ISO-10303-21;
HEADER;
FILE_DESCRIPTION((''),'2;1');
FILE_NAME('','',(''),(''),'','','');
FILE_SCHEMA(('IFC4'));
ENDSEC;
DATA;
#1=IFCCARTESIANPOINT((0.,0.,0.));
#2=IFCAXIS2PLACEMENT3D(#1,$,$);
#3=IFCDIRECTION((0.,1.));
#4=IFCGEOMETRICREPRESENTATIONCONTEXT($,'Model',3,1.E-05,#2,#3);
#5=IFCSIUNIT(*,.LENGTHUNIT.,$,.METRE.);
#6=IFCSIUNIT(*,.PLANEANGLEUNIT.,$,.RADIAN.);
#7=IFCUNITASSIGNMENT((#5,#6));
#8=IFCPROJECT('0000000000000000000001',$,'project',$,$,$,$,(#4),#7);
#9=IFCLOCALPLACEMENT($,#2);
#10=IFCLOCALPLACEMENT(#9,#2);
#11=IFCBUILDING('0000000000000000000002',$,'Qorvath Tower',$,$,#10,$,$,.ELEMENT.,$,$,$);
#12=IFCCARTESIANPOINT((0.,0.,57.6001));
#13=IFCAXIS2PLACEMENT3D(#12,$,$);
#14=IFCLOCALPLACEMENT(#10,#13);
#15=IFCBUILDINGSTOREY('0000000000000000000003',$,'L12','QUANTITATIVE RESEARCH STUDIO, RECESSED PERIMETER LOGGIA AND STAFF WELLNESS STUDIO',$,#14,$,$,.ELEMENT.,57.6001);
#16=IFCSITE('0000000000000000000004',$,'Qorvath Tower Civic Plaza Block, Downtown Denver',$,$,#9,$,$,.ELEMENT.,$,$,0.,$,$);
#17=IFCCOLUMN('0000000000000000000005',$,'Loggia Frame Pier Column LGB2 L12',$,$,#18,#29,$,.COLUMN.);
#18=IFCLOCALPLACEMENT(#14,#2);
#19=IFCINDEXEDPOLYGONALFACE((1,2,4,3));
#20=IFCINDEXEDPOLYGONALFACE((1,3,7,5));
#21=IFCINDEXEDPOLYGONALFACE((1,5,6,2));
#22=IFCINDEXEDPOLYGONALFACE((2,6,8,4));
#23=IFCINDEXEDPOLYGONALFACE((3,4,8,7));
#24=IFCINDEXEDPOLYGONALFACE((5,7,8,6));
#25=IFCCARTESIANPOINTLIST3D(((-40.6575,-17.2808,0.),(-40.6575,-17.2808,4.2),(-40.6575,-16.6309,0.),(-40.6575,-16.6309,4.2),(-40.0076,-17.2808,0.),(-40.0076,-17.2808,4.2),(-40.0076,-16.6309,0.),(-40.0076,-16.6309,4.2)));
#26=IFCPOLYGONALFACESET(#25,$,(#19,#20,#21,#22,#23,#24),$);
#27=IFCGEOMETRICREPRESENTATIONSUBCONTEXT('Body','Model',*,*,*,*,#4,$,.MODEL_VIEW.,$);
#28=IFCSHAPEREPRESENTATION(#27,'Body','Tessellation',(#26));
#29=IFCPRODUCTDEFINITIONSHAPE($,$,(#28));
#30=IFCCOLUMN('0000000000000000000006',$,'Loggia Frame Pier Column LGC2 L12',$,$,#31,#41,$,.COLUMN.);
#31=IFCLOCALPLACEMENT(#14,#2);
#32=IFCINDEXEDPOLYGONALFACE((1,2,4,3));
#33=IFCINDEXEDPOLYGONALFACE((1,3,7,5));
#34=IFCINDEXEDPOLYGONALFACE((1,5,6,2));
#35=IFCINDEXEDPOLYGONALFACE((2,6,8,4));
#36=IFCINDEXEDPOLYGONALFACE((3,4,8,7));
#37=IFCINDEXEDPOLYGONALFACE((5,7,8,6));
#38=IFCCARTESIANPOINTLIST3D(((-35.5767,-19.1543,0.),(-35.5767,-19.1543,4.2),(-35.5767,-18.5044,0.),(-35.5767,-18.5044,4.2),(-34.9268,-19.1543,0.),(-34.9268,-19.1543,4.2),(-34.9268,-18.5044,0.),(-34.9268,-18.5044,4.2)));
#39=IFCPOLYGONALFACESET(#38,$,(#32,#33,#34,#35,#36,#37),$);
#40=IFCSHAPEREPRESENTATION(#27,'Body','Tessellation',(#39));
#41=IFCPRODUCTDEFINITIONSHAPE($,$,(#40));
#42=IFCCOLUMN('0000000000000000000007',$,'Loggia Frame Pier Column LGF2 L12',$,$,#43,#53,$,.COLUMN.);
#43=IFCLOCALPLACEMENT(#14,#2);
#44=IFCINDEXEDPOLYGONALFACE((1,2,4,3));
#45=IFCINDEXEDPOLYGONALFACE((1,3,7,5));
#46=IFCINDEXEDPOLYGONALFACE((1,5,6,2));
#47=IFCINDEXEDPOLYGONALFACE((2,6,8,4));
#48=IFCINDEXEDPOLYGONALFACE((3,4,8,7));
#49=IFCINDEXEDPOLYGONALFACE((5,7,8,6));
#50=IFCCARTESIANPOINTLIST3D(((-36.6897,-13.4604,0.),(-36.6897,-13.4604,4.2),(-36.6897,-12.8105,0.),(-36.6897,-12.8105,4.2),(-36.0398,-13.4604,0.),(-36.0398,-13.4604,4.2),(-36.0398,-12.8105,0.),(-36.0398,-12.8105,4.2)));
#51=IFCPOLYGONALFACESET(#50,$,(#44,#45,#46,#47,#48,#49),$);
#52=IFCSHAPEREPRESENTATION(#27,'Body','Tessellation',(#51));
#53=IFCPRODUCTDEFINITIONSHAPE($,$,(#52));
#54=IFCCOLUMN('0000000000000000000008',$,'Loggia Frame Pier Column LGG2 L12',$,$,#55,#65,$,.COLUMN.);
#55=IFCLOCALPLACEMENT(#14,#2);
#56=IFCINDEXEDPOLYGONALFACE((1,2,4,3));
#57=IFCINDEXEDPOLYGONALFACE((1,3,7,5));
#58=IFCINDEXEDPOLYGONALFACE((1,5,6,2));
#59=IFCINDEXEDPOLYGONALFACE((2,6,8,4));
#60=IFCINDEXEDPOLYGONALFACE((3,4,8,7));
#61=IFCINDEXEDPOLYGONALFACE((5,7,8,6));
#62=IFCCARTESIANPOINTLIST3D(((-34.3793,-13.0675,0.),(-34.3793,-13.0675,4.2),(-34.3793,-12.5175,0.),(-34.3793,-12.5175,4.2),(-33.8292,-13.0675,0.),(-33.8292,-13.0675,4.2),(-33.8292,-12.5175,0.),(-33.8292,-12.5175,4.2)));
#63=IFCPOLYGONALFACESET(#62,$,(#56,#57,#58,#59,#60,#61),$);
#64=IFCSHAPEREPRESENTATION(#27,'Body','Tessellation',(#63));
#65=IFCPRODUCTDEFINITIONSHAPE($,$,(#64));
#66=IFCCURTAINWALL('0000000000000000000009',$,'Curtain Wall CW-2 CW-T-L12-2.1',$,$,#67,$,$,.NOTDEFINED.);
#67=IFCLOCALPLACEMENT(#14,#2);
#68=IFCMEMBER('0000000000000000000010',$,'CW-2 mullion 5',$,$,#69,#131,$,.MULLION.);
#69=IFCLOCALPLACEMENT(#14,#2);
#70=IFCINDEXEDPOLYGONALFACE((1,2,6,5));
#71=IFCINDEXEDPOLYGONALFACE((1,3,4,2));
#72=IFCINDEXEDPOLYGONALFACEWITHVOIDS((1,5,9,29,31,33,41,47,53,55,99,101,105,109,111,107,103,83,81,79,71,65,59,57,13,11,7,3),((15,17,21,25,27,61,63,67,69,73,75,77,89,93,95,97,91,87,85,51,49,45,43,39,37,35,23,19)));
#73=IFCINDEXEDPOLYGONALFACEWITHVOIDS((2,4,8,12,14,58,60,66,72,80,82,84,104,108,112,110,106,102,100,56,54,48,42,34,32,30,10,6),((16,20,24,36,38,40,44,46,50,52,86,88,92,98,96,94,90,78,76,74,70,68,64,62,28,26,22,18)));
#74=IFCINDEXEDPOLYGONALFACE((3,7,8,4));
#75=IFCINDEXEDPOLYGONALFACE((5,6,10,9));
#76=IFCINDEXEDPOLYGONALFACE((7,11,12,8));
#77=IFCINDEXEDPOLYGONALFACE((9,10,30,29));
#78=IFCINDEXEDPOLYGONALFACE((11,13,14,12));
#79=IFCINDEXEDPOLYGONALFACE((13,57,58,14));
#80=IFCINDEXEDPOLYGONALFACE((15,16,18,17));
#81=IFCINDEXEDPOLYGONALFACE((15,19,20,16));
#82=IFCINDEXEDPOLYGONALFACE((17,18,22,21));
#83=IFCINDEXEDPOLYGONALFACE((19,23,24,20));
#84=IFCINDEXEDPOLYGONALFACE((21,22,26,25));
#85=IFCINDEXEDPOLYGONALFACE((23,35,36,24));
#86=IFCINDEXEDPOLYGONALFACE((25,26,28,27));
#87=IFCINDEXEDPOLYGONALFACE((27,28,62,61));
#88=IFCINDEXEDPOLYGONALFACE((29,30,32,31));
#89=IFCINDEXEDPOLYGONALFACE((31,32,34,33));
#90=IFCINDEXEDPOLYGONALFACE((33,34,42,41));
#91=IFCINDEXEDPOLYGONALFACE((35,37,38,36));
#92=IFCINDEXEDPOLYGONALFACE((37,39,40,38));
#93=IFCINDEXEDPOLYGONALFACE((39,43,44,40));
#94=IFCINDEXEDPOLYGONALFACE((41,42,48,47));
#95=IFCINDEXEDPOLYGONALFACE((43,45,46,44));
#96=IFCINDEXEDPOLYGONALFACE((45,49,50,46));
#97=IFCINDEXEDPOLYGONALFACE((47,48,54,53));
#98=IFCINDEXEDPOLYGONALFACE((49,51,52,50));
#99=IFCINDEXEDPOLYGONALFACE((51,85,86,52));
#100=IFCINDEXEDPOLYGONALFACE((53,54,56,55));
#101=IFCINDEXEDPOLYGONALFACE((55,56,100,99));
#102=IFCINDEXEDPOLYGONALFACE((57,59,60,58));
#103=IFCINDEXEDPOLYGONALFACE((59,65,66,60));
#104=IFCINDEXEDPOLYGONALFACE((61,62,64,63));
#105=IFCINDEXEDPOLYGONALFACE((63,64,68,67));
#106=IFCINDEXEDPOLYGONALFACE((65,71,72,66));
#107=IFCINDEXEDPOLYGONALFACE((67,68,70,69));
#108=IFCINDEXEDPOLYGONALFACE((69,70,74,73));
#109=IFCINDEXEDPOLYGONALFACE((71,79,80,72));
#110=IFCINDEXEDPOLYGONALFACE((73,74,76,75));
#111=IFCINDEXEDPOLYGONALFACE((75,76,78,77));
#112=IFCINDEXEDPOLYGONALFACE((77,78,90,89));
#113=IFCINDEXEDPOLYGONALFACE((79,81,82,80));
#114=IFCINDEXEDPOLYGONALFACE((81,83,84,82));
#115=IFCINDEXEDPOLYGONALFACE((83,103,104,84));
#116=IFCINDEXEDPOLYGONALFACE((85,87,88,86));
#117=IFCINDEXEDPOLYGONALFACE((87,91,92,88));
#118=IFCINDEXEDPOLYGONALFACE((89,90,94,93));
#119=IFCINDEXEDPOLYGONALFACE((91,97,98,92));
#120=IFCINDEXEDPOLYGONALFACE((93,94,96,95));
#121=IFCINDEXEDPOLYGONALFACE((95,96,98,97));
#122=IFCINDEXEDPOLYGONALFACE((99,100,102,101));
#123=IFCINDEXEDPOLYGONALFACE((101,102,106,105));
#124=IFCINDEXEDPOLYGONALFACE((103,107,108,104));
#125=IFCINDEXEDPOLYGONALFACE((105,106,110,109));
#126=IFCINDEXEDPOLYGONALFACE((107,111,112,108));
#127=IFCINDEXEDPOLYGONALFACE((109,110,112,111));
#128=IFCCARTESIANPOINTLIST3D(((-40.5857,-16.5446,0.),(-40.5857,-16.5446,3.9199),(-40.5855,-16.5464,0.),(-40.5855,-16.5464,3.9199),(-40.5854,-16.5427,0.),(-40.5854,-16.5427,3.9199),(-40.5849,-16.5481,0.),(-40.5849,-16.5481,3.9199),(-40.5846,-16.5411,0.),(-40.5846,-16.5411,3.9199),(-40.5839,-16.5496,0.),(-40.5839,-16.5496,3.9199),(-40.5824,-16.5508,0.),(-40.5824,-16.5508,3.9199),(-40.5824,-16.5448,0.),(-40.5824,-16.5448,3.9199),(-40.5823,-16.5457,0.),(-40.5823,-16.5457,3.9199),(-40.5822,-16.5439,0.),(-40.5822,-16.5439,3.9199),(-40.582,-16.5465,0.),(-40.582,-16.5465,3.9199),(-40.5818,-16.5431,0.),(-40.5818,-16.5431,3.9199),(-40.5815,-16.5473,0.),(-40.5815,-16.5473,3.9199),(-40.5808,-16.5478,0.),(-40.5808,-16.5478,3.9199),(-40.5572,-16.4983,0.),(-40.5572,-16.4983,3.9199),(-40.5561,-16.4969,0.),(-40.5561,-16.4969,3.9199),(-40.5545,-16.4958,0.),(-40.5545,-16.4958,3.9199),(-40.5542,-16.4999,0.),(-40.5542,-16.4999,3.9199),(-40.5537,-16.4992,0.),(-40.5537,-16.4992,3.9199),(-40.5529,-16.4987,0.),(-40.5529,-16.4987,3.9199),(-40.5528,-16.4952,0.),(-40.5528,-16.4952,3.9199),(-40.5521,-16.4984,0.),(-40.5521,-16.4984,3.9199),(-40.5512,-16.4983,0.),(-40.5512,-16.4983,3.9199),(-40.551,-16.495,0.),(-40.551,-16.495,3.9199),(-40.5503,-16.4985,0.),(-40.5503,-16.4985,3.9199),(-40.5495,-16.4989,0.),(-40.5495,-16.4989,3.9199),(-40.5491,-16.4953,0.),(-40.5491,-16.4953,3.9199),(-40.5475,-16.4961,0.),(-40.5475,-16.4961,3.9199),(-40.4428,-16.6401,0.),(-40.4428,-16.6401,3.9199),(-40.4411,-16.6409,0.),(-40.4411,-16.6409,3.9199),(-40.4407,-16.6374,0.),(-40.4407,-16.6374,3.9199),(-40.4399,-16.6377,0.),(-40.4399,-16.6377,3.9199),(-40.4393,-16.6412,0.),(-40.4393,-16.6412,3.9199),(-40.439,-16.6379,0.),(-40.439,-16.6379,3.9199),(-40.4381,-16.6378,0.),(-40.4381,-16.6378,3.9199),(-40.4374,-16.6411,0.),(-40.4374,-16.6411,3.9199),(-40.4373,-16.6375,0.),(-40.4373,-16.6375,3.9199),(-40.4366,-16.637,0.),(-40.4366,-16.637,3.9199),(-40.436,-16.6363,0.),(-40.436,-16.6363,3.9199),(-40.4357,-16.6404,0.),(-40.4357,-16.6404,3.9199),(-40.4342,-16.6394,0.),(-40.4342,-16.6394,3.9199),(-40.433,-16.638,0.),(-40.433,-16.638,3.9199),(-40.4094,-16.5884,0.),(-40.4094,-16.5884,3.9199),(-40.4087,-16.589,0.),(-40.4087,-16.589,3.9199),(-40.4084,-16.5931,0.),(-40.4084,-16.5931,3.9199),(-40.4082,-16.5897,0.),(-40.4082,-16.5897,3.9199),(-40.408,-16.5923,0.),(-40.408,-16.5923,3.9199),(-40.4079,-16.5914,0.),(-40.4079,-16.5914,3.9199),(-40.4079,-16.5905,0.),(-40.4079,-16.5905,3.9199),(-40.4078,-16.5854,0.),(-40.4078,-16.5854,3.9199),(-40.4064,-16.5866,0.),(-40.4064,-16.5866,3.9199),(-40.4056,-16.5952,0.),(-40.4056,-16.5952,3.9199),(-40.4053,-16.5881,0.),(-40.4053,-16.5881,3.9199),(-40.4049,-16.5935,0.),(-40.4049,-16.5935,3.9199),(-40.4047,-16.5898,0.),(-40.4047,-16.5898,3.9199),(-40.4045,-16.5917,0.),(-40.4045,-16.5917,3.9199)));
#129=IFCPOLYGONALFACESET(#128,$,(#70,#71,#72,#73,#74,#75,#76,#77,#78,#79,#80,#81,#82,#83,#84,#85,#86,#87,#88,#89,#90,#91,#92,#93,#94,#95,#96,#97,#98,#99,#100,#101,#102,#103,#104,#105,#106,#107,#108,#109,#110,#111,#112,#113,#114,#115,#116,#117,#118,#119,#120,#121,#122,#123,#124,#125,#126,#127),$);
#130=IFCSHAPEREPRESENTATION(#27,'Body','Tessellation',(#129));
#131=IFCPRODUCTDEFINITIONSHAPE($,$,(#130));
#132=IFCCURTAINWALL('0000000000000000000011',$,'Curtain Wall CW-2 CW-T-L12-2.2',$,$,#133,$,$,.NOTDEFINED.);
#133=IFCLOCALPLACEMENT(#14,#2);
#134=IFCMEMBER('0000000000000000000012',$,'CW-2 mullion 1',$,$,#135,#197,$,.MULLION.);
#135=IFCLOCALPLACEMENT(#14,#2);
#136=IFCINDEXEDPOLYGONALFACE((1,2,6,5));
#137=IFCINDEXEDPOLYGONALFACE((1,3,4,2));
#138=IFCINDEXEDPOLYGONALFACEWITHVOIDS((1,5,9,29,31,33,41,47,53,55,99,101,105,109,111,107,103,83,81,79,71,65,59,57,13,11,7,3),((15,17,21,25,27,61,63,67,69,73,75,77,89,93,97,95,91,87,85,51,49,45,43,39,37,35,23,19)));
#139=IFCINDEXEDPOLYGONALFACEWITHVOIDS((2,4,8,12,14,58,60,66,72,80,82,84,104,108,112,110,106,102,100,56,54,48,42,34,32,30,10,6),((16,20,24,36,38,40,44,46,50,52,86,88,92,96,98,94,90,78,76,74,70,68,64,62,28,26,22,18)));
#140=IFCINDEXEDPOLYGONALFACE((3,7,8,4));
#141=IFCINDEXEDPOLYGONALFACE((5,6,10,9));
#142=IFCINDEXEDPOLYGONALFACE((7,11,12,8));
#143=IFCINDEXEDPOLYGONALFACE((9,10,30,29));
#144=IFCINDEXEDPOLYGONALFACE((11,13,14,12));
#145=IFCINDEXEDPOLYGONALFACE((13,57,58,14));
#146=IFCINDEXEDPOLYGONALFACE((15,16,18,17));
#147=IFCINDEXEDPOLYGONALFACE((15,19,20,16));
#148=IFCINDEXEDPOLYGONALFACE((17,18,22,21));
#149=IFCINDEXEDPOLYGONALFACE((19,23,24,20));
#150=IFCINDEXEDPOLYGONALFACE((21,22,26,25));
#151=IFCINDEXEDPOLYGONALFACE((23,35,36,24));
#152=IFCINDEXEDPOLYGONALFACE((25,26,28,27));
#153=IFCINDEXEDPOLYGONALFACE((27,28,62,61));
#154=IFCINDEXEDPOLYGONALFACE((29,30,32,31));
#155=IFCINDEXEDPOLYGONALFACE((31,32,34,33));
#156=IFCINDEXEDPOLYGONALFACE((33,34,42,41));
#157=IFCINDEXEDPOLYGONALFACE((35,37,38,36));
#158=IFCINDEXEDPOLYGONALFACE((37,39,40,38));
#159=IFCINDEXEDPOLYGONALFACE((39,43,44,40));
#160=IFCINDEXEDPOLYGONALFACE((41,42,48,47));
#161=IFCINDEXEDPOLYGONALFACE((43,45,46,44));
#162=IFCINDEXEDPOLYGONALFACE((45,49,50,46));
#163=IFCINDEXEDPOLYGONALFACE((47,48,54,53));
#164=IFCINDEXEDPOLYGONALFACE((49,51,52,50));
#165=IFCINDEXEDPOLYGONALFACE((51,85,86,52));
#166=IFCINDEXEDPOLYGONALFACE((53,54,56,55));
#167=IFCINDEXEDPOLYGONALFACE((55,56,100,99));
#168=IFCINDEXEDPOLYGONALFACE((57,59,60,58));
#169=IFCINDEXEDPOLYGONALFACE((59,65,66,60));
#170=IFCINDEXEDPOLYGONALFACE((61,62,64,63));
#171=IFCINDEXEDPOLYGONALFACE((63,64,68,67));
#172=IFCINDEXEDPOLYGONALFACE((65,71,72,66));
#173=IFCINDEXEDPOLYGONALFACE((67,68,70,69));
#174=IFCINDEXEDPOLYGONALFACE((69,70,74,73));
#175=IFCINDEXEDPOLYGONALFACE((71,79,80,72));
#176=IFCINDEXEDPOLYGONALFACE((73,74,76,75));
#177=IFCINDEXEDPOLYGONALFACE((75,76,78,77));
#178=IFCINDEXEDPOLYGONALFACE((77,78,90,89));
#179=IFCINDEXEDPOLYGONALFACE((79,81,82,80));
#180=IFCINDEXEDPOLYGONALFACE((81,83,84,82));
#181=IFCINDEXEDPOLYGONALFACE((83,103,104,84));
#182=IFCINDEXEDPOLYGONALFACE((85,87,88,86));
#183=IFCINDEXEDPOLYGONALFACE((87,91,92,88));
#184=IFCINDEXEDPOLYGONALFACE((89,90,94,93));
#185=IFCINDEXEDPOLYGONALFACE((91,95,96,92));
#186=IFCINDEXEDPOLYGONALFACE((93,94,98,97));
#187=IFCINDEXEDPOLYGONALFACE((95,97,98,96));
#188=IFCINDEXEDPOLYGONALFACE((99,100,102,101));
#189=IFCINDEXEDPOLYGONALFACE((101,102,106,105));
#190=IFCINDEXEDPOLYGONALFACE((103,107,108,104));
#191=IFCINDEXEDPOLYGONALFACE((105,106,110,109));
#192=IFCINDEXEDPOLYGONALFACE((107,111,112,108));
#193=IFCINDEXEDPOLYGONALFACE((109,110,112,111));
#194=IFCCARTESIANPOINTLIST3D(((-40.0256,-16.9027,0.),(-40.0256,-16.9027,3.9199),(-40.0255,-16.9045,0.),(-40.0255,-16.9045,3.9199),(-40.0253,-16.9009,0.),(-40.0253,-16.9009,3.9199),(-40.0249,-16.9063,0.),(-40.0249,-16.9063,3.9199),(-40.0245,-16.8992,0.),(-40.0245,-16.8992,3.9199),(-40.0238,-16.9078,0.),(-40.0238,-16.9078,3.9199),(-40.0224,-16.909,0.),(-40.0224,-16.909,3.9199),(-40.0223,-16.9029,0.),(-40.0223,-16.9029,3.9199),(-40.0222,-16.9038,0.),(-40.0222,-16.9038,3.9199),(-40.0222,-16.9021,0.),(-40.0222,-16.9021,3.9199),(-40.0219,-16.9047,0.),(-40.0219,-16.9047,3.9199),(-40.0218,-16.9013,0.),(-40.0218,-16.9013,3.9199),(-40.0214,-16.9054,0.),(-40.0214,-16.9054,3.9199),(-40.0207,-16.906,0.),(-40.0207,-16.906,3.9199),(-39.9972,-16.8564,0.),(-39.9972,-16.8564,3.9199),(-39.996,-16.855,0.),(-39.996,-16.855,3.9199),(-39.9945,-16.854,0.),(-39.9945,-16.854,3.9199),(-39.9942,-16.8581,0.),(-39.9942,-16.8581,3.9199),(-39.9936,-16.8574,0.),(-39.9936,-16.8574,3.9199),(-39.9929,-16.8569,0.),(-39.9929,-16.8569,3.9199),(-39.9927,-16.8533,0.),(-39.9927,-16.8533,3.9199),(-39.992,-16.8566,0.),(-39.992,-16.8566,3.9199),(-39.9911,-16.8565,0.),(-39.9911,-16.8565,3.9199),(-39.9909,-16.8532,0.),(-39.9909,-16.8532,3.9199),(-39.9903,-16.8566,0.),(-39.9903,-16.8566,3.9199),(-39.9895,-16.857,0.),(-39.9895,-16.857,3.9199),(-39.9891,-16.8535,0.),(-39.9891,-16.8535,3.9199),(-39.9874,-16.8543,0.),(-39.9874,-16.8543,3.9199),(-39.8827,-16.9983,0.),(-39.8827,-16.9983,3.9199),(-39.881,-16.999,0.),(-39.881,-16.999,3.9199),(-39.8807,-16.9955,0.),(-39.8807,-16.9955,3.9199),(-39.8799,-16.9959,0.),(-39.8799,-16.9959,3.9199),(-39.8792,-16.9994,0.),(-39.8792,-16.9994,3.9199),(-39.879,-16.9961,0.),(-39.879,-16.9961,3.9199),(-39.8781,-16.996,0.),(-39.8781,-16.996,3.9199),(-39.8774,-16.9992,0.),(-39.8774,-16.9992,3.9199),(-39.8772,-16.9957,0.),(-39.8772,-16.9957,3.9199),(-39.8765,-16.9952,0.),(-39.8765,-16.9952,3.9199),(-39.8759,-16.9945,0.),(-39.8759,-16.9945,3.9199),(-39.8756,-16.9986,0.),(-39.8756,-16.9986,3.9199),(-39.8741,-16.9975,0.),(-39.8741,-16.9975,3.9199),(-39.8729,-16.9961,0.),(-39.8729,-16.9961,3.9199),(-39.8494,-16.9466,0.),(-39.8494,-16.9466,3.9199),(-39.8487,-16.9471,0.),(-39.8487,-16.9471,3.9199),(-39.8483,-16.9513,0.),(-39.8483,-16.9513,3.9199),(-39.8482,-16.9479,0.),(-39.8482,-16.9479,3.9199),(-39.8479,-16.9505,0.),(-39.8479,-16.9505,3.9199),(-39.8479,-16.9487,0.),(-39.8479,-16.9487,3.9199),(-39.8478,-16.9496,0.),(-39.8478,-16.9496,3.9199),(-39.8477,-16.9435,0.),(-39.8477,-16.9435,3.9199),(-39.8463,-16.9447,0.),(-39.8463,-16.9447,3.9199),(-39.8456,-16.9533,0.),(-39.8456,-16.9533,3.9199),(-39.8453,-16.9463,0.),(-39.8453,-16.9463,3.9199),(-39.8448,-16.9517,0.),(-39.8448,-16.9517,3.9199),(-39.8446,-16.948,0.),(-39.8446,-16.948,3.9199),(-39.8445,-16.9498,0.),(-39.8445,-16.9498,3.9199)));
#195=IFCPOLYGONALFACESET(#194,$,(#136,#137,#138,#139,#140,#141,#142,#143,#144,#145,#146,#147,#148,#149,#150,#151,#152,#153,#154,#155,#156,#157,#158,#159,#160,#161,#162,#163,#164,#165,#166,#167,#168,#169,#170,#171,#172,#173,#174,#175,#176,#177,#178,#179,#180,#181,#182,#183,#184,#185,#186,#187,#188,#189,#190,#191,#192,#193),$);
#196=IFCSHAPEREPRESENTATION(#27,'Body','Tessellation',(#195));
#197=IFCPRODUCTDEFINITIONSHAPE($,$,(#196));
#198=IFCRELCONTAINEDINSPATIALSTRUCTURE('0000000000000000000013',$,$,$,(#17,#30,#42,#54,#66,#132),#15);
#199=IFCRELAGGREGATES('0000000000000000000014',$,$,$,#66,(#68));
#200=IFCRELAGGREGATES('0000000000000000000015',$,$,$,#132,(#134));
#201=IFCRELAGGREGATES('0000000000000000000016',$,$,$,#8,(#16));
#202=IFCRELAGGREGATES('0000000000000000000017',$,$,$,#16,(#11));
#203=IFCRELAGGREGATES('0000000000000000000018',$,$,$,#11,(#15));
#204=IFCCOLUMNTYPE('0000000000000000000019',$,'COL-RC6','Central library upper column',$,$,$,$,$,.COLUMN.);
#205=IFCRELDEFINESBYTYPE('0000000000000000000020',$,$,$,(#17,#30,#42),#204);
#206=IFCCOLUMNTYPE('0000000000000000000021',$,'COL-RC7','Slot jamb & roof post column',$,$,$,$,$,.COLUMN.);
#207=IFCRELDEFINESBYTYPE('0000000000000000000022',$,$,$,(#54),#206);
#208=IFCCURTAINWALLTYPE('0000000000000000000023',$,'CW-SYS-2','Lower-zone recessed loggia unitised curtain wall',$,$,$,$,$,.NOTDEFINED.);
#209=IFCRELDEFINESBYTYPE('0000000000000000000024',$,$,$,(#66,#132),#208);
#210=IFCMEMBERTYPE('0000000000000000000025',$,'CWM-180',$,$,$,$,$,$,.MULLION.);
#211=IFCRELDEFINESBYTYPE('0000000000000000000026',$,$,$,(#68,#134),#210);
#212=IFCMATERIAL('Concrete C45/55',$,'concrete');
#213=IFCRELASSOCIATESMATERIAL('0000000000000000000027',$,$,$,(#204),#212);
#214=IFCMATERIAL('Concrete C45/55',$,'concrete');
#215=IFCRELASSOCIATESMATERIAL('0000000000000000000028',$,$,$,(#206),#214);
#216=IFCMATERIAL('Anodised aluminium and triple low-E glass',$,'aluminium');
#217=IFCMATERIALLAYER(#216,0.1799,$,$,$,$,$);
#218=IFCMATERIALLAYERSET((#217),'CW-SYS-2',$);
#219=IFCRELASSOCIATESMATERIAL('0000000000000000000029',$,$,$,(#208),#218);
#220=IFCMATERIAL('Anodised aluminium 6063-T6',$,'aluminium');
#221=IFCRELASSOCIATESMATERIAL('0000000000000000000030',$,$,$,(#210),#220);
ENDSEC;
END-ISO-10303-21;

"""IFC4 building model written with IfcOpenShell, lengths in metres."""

from ifc_helpers import new_model, si_unit, direction, frame, origin, origin_2d, place, context, subcontext, project, spatial, rectangle, hollow_rectangle, extrude, material, layer, layer_set, material_profile, profile_set, type_object, element, aggregate, save


model = new_model("IFC4")

# Units and contexts
model_context = context("Model", 3, precision=1e-05, world=origin(), true_north=direction((0.0, 1.0)))
body_context = subcontext(model_context, "Body", "Model", "MODEL_VIEW")
ifc_project = project(units=[si_unit("LENGTHUNIT", "METRE"), si_unit("PLANEANGLEUNIT", "RADIAN")], contexts=[model_context])

# Site, building, storey
site_placement = place(None, origin())
site = spatial("IfcSite", under=ifc_project, at=site_placement, Name="Qorvath Tower Civic Plaza Block, Downtown Denver", CompositionType="ELEMENT", RefElevation=0.0)
building_placement = place(site_placement, origin())
building = spatial("IfcBuilding", under=site, at=building_placement, Name="Qorvath Tower", CompositionType="ELEMENT")
storey_placement = place(building_placement, frame((0.0, 0.0, 57.6001)))
storey = spatial("IfcBuildingStorey", under=building, at=storey_placement, Name="L12", Description="QUANTITATIVE RESEARCH STUDIO, RECESSED PERIMETER LOGGIA AND STAFF WELLNESS STUDIO", CompositionType="ELEMENT", Elevation=57.6001)

# Columns
ifc_material_1 = material(Name="Concrete C45/55", Category="concrete")
ifc_material_profile_1 = material_profile(ifc_material_1, rectangle(XDim=0.6499, YDim=0.6499, at=origin_2d()), Name="RC 650x650")
ifc_profile_set_1 = profile_set([ifc_material_profile_1], Name="Concrete C45/55")
column_type_1 = type_object("IfcColumnType", Name="COL-RC6", Description="Central library upper column", PredefinedType="COLUMN", material=ifc_profile_set_1)
for number, where, z_axis, x_axis, name in (
    (1, (-40.3325, -16.9558, 0.0), (0.0, 0.0, 1.0), (1.0, 0.0, 0.0), "Loggia Frame Pier Column LGB2 L12"),
    (2, (-35.2517, -18.8293, 0.0), (0.0, 0.0, 1.0), (1.0, 0.0, 0.0), "Loggia Frame Pier Column LGC2 L12"),
    (3, (-36.3647, -13.1355, 0.0), (0.0, 0.0, 1.0), (1.0, 0.0, 0.0), "Loggia Frame Pier Column LGF2 L12"),
):
    element("IfcColumn", number, at=place(storey_placement, frame(where, z_axis=z_axis, x_axis=x_axis)), inside=storey, type_object=column_type_1, Name=name, PredefinedType="COLUMN", context=body_context, shape_type="SweptSolid", body=[
        extrude(rectangle(XDim=0.6499, YDim=0.6499, at=origin_2d()), origin(), (0.0, 0.0, 1.0), 4.2),
    ])
ifc_material_2 = material(Name="Concrete C45/55", Category="concrete")
ifc_material_profile_2 = material_profile(ifc_material_2, rectangle(XDim=0.55, YDim=0.55, at=origin_2d()), Name="RC 550x550")
ifc_profile_set_2 = profile_set([ifc_material_profile_2], Name="Concrete C45/55")
column_type_2 = type_object("IfcColumnType", Name="COL-RC7", Description="Slot jamb & roof post column", PredefinedType="COLUMN", material=ifc_profile_set_2)
column_placement = place(storey_placement, frame((-34.1042, -12.7925, 0.0), z_axis=(0.0, 0.0, 1.0), x_axis=(1.0, 0.0, 0.0)))
element("IfcColumn", 4, at=column_placement, inside=storey, type_object=column_type_2, Name="Loggia Frame Pier Column LGG2 L12", PredefinedType="COLUMN", context=body_context, shape_type="SweptSolid", body=[
    extrude(rectangle(XDim=0.55, YDim=0.55, at=origin_2d()), origin(), (0.0, 0.0, 1.0), 4.2),
])

# Curtain wall, member
ifc_material_3 = material(Name="Anodised aluminium and triple low-E glass", Category="aluminium")
ifc_layer_1 = layer(ifc_material_3, 0.1799)
ifc_layer_set_1 = layer_set([ifc_layer_1], Name="CW-SYS-2")
curtain_wall_type = type_object("IfcCurtainWallType", Name="CW-SYS-2", Description="Lower-zone recessed loggia unitised curtain wall", PredefinedType="NOTDEFINED", material=ifc_layer_set_1)
curtain_wall_1_placement = place(storey_placement, origin())
curtain_wall_1 = element("IfcCurtainWall", 5, at=curtain_wall_1_placement, inside=storey, type_object=curtain_wall_type, Name="Curtain Wall CW-2 CW-T-L12-2.1", PredefinedType="NOTDEFINED")
ifc_material_4 = material(Name="Anodised aluminium 6063-T6", Category="aluminium")
ifc_material_profile_3 = material_profile(ifc_material_4, hollow_rectangle(XDim=0.0649, YDim=0.1799, WallThickness=0.0034, InnerFilletRadius=0.0034, OuterFilletRadius=0.0071, at=origin_2d()), Name="CWM 180x65")
ifc_profile_set_3 = profile_set([ifc_material_profile_3], Name="Anodised aluminium 6063-T6")
member_type_1 = type_object("IfcMemberType", Name="CWM-180", PredefinedType="MULLION", material=ifc_profile_set_3)
member_1_placement = place(storey_placement, frame((-40.4951, -16.5681, 0.0), z_axis=(0.0, 0.0, 1.0), x_axis=(0.53853, 0.842607, 0.0)))
member_1 = element("IfcMember", 6, at=member_1_placement, type_object=member_type_1, Name="CW-2 mullion 5", PredefinedType="MULLION", context=body_context, shape_type="SweptSolid", body=[
    extrude(hollow_rectangle(XDim=0.0649, YDim=0.1799, WallThickness=0.0034, InnerFilletRadius=0.0034, OuterFilletRadius=0.0071, at=origin_2d()), origin(), (0.0, 0.0, 1.0), 3.9199),
])
aggregate(curtain_wall_1, [member_1])

# Curtain wall, member
curtain_wall_2_placement = place(storey_placement, origin())
curtain_wall_2 = element("IfcCurtainWall", 7, at=curtain_wall_2_placement, inside=storey, type_object=curtain_wall_type, Name="Curtain Wall CW-2 CW-T-L12-2.2", PredefinedType="NOTDEFINED")
member_2_placement = place(storey_placement, frame((-39.9351, -16.9263, 0.0), z_axis=(0.0, 0.0, 1.0), x_axis=(0.538536, 0.842602, 0.0)))
member_2 = element("IfcMember", 8, at=member_2_placement, type_object=member_type_1, Name="CW-2 mullion 1", PredefinedType="MULLION", context=body_context, shape_type="SweptSolid", body=[
    extrude(hollow_rectangle(XDim=0.0649, YDim=0.1799, WallThickness=0.0034, InnerFilletRadius=0.0034, OuterFilletRadius=0.0071, at=origin_2d()), origin(), (0.0, 0.0, 1.0), 3.9199),
])
aggregate(curtain_wall_2, [member_2])

save(model, "model.ifc")
